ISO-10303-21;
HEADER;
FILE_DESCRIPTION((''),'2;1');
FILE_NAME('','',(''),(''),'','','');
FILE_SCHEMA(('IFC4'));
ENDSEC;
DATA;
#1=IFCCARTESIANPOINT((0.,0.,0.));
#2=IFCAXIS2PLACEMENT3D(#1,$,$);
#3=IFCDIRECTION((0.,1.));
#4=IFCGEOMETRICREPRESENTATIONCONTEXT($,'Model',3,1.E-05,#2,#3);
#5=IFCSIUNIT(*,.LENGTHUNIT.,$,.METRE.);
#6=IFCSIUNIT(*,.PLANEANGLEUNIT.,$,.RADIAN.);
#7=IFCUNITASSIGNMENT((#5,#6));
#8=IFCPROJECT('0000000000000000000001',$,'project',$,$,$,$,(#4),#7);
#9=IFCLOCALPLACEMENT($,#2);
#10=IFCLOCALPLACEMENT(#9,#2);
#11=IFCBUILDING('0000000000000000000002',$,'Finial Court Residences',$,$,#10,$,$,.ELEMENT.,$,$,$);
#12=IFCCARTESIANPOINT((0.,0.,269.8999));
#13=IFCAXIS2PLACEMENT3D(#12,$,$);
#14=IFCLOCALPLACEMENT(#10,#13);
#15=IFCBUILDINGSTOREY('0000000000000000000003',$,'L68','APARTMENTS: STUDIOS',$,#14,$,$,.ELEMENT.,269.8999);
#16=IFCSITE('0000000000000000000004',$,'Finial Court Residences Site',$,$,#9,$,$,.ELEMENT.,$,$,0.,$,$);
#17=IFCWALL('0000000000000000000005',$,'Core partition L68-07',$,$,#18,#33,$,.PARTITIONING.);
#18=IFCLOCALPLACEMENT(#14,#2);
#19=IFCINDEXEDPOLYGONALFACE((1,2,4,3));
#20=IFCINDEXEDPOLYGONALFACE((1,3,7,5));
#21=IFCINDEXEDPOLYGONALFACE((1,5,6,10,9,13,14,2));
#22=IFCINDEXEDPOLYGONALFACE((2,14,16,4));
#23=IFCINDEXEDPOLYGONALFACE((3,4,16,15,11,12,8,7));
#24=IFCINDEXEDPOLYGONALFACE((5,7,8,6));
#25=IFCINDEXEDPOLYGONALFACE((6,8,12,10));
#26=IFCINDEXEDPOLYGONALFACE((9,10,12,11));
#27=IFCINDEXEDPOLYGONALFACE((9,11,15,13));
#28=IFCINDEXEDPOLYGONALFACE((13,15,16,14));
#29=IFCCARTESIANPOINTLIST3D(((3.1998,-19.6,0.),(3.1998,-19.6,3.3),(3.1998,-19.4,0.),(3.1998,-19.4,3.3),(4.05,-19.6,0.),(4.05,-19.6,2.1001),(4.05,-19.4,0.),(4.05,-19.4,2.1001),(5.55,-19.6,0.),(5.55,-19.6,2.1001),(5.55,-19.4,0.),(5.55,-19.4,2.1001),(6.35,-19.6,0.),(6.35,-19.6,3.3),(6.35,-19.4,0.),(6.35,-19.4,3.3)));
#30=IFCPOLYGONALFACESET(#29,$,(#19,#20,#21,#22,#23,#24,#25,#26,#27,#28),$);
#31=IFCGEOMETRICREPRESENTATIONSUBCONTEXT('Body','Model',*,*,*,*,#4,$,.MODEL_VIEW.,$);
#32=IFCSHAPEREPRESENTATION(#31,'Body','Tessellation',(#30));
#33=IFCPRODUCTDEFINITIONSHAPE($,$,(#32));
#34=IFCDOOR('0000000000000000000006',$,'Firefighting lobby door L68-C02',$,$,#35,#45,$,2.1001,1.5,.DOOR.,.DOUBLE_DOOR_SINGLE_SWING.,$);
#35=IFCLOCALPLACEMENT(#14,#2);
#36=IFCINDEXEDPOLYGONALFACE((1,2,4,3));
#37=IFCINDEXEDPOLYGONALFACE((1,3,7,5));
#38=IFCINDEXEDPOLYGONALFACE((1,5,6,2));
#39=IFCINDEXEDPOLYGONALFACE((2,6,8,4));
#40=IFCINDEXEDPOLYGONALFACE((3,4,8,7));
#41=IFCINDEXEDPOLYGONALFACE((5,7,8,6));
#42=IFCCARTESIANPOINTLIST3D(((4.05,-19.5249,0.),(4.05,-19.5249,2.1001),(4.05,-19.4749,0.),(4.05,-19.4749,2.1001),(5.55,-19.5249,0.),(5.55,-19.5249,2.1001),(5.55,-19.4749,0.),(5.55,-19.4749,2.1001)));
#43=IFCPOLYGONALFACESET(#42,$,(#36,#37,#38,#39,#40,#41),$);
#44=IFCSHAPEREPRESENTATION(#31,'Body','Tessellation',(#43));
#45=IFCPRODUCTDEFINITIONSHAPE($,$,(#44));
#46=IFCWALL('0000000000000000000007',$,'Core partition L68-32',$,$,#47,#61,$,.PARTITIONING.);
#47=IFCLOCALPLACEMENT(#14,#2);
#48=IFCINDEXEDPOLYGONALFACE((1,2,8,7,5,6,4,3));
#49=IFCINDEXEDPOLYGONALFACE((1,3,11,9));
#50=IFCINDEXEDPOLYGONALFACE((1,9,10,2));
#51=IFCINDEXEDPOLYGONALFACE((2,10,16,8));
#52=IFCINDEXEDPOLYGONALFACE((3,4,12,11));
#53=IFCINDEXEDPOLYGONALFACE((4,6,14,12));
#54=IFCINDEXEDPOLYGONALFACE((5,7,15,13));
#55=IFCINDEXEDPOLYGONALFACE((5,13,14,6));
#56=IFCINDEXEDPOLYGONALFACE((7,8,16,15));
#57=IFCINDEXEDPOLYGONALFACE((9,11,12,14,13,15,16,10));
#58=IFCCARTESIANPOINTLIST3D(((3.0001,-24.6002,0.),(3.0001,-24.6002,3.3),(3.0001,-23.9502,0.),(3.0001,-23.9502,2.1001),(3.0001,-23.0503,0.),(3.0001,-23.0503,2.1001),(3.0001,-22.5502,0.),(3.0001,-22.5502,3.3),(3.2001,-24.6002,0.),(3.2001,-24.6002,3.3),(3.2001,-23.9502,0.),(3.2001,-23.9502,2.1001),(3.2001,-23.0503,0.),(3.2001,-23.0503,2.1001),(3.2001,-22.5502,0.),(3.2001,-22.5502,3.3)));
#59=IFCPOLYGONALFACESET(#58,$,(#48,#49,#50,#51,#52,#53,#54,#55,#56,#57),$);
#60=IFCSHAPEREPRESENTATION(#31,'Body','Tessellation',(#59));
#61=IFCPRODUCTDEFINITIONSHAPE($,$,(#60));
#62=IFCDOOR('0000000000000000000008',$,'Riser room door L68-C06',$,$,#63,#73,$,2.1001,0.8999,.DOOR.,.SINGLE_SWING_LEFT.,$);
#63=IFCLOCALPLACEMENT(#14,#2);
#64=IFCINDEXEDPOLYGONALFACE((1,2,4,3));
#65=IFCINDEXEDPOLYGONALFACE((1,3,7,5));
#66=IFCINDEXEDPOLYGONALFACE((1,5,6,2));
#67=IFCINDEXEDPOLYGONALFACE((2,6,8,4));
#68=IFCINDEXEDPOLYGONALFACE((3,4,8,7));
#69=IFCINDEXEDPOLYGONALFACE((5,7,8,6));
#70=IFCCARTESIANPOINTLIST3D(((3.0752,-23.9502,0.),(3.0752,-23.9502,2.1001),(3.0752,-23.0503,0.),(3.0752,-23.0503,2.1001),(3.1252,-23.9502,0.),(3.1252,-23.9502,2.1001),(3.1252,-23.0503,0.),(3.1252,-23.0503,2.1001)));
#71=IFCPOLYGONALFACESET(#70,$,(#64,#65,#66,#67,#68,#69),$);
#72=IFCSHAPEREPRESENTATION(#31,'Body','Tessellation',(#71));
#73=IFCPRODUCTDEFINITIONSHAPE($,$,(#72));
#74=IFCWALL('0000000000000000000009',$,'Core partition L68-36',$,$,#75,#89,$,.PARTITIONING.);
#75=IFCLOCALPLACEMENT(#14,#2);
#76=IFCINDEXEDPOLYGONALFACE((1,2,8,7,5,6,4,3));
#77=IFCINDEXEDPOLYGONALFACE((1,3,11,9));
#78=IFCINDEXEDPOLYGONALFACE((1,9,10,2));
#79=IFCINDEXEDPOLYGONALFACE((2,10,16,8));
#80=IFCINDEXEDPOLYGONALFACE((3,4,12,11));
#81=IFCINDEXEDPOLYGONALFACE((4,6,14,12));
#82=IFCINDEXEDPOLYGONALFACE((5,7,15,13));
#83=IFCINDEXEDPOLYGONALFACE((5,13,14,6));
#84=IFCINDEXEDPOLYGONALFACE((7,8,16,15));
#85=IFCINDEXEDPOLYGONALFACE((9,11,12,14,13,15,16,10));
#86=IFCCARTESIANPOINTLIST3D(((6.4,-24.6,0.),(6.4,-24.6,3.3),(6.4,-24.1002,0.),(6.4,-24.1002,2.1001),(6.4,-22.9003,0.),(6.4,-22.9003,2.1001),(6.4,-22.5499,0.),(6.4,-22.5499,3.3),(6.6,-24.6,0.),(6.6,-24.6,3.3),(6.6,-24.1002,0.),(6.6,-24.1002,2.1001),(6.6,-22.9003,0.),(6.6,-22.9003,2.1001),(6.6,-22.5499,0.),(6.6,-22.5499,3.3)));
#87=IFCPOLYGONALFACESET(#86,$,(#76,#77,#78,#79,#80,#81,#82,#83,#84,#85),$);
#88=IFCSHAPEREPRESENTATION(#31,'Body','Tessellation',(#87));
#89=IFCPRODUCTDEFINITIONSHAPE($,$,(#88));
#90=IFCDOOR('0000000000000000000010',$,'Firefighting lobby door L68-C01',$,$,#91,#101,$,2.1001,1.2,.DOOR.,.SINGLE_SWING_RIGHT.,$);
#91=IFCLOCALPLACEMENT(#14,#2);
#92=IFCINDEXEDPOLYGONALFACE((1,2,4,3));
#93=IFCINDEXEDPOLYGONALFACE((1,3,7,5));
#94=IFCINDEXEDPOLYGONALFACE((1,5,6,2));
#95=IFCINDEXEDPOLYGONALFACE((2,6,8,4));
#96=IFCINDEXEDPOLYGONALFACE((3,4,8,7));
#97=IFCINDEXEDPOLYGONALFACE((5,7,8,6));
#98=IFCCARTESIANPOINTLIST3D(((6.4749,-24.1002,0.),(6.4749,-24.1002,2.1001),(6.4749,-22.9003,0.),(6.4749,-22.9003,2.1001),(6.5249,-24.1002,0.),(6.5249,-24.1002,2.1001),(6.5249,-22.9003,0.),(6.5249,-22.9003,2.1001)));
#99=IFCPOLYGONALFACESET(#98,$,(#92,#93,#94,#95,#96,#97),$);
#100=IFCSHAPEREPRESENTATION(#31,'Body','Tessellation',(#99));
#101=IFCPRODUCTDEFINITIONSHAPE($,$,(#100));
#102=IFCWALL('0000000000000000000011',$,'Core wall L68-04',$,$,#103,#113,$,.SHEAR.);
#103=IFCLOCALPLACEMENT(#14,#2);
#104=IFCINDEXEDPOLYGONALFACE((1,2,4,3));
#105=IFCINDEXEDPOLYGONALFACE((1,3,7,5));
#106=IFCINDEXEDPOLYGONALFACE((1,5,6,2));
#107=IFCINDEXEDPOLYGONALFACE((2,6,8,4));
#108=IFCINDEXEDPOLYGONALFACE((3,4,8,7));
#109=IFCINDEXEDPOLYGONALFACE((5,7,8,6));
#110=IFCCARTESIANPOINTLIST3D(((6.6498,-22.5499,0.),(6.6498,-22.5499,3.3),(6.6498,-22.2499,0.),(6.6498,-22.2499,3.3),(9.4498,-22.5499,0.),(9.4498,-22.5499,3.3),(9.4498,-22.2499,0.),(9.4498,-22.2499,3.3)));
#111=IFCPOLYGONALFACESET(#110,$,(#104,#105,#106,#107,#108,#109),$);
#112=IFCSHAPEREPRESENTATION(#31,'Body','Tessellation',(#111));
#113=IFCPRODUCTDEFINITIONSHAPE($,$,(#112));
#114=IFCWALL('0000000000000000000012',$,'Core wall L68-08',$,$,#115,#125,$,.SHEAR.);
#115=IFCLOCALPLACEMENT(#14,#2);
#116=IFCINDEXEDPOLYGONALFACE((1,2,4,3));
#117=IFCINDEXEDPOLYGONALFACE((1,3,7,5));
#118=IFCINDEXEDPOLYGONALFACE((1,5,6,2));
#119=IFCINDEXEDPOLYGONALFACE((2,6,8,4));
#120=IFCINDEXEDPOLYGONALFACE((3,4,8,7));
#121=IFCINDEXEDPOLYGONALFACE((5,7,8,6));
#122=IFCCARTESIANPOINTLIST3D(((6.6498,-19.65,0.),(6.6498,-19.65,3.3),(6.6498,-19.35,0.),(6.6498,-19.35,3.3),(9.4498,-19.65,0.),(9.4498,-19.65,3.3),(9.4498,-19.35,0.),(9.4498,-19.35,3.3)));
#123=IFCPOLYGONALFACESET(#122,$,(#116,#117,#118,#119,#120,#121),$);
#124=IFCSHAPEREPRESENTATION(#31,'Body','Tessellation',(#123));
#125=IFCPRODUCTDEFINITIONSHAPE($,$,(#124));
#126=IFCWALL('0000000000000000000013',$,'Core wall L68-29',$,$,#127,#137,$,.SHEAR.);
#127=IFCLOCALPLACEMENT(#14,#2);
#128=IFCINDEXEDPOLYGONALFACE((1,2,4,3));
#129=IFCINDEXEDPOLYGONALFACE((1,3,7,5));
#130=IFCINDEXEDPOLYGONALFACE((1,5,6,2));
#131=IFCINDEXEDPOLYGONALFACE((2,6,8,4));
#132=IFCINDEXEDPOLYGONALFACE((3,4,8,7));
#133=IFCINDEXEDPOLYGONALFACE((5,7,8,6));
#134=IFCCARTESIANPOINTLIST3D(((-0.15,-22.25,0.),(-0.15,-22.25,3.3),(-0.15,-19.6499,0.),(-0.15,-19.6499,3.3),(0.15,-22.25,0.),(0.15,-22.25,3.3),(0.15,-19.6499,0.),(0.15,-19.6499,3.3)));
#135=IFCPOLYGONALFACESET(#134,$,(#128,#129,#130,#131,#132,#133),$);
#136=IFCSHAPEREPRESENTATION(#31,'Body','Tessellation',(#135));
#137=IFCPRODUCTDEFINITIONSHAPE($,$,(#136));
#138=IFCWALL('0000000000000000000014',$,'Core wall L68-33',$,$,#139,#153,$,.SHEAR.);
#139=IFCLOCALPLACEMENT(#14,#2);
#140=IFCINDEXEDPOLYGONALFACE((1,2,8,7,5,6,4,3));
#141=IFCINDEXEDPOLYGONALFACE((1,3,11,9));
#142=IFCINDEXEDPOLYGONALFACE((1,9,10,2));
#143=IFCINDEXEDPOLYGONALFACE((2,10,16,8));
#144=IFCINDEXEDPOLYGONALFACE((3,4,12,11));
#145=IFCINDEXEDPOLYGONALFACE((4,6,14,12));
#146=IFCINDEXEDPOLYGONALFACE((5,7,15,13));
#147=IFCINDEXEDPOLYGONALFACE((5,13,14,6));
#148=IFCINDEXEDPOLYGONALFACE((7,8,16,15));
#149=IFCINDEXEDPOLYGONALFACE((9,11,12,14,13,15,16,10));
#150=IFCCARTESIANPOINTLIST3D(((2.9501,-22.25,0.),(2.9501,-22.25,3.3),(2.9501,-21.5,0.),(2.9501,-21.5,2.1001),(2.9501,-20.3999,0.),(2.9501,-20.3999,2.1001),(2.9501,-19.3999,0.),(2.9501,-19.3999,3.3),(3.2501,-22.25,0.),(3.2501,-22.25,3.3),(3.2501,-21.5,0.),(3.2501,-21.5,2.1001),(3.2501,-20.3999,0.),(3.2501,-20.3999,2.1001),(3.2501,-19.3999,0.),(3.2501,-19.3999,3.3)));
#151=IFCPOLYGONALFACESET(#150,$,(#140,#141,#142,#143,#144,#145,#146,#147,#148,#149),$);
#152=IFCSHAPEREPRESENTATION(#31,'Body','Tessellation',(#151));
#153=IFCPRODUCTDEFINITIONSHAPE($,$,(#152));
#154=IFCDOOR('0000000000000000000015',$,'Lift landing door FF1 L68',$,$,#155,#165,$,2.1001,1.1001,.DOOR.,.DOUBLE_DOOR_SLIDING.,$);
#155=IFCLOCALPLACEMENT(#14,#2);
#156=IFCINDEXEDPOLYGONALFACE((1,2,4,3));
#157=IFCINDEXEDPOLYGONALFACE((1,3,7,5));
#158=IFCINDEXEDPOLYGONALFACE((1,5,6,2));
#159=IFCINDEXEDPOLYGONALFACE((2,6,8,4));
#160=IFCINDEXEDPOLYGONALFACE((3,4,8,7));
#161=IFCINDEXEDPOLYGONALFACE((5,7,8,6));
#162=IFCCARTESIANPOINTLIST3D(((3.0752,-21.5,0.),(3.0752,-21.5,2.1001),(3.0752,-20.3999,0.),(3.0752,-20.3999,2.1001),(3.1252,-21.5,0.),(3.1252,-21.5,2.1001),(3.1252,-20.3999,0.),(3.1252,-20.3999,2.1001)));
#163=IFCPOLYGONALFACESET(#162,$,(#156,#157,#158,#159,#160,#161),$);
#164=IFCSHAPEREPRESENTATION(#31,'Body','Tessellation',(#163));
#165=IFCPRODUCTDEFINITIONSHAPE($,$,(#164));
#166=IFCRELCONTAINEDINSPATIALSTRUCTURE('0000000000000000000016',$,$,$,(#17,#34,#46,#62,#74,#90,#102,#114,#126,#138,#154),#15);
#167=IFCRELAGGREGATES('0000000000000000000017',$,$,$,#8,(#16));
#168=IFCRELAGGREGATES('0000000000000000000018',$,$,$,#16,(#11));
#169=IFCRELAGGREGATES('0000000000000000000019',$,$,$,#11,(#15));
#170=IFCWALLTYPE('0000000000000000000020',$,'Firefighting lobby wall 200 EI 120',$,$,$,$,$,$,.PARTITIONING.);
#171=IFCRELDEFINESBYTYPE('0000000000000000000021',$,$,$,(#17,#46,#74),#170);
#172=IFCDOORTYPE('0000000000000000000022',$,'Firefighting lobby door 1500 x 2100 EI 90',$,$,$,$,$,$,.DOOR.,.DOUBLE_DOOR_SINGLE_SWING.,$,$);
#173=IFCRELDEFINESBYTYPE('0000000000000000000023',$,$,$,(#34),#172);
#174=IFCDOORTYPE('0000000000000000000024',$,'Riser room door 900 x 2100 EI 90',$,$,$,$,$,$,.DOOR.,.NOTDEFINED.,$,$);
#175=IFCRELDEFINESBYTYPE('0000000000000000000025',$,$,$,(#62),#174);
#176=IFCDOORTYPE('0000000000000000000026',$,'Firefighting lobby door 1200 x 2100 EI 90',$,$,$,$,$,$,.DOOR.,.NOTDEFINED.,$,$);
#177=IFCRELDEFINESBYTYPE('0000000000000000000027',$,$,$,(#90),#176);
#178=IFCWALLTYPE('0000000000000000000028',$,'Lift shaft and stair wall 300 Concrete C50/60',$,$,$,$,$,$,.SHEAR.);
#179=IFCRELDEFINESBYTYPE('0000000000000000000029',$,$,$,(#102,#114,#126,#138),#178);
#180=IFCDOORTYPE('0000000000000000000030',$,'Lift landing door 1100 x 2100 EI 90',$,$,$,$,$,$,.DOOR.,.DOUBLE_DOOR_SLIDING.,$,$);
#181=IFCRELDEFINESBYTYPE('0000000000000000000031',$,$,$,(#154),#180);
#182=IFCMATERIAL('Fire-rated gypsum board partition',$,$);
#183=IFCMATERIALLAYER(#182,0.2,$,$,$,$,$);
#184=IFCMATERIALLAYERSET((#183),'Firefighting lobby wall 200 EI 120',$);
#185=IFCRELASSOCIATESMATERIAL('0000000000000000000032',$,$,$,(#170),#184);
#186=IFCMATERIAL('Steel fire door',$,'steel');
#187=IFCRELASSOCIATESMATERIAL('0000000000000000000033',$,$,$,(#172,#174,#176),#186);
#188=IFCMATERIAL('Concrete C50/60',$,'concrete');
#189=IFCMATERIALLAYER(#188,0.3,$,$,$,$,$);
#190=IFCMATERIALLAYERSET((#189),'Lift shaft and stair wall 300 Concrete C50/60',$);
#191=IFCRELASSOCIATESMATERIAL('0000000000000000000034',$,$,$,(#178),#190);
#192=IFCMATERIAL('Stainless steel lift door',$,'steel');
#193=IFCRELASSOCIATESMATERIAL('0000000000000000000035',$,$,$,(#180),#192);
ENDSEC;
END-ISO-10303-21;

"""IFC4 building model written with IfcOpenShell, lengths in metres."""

from ifc_helpers import new_model, si_unit, direction, frame, frame_2d, origin, place, context, subcontext, project, spatial, rectangle, extrude, material, layer, layer_set, type_object, element, fill, save


model = new_model("IFC4")

# Units and contexts
model_context = context("Model", 3, precision=1e-05, world=origin(), true_north=direction((0.0, 1.0)))
body_context = subcontext(model_context, "Body", "Model", "MODEL_VIEW")
ifc_project = project(units=[si_unit("LENGTHUNIT", "METRE"), si_unit("PLANEANGLEUNIT", "RADIAN")], contexts=[model_context])

# Site, building, storey
site_placement = place(None, origin())
site = spatial("IfcSite", under=ifc_project, at=site_placement, Name="Finial Court Residences Site", CompositionType="ELEMENT", RefElevation=0.0)
building_placement = place(site_placement, origin())
building = spatial("IfcBuilding", under=site, at=building_placement, Name="Finial Court Residences", CompositionType="ELEMENT")
storey_placement = place(building_placement, frame((0.0, 0.0, 269.8999)))
storey = spatial("IfcBuildingStorey", under=building, at=storey_placement, Name="L68", Description="APARTMENTS: STUDIOS", CompositionType="ELEMENT", Elevation=269.8999)

# Walls, openings, doors
ifc_material_1 = material(Name="Fire-rated gypsum board partition")
ifc_layer_1 = layer(ifc_material_1, 0.2)
ifc_layer_set_1 = layer_set([ifc_layer_1], Name="Firefighting lobby wall 200 EI 120")
wall_type_1 = type_object("IfcWallType", Name="Firefighting lobby wall 200 EI 120", PredefinedType="PARTITIONING", material=ifc_layer_set_1)
wall_1_placement = place(storey_placement, frame((6.3501, -19.5, 0.0), z_axis=(0.0, 0.0, 1.0), x_axis=(-1.0, 0.0, 0.0)))
wall_1 = element("IfcWall", 1, at=wall_1_placement, inside=storey, type_object=wall_type_1, Name="Core partition L68-07", PredefinedType="PARTITIONING", context=body_context, shape_type="SweptSolid", body=[
    extrude(rectangle(XDim=3.1501, YDim=0.2, at=frame_2d((1.5752, 0.0))), origin(), (0.0, 0.0, 1.0), 3.3),
])
opening_1_placement = place(wall_1_placement, frame((0.8, 0.0, 0.0)))
opening_1 = element("IfcOpeningElement", 2, at=opening_1_placement, cuts=wall_1, PredefinedType="OPENING", context=body_context, shape_type="SweptSolid", body=[
    extrude(rectangle(XDim=1.5, YDim=2.1001, at=frame_2d((0.75, 1.05))), frame((0.0, 0.1099, 0.0), z_axis=(0.0, -1.0, 0.0), x_axis=(1.0, 0.0, 0.0)), (0.0, 0.0, 1.0), 0.22),
])
ifc_material_2 = material(Name="Steel fire door", Category="steel")
door_type_1 = type_object("IfcDoorType", Name="Firefighting lobby door 1500 x 2100 EI 90", OperationType="DOUBLE_DOOR_SINGLE_SWING", PredefinedType="DOOR", material=ifc_material_2)
door_1_placement = place(opening_1_placement, origin())
door_1 = element("IfcDoor", 3, at=door_1_placement, inside=storey, type_object=door_type_1, Name="Firefighting lobby door L68-C02", OperationType="DOUBLE_DOOR_SINGLE_SWING", OverallHeight=2.1001, OverallWidth=1.5, PredefinedType="DOOR", context=body_context, shape_type="SweptSolid", body=[
    extrude(rectangle(XDim=1.5, YDim=2.1001, at=frame_2d((0.75, 1.05))), frame((0.0, 0.0249, 0.0), z_axis=(0.0, -1.0, 0.0), x_axis=(1.0, 0.0, 0.0)), (0.0, 0.0, 1.0), 0.05),
])
fill(opening_1, door_1)
wall_2_placement = place(storey_placement, frame((3.1001, -24.6001, 0.0), z_axis=(0.0, 0.0, 1.0), x_axis=(0.0, 1.0, 0.0)))
wall_2 = element("IfcWall", 4, at=wall_2_placement, inside=storey, type_object=wall_type_1, Name="Core partition L68-32", PredefinedType="PARTITIONING", context=body_context, shape_type="SweptSolid", body=[
    extrude(rectangle(XDim=2.05, YDim=0.2, at=frame_2d((1.0249, 0.0))), origin(), (0.0, 0.0, 1.0), 3.3),
])
opening_2_placement = place(wall_2_placement, frame((0.6499, 0.0, 0.0)))
opening_2 = element("IfcOpeningElement", 5, at=opening_2_placement, cuts=wall_2, PredefinedType="OPENING", context=body_context, shape_type="SweptSolid", body=[
    extrude(rectangle(XDim=0.8999, YDim=2.1001, at=frame_2d((0.45, 1.05))), frame((0.0, 0.1099, 0.0), z_axis=(0.0, -1.0, 0.0), x_axis=(1.0, 0.0, 0.0)), (0.0, 0.0, 1.0), 0.22),
])
door_type_2 = type_object("IfcDoorType", Name="Riser room door 900 x 2100 EI 90", OperationType="NOTDEFINED", PredefinedType="DOOR", material=ifc_material_2)
door_2_placement = place(opening_2_placement, origin())
door_2 = element("IfcDoor", 6, at=door_2_placement, inside=storey, type_object=door_type_2, Name="Riser room door L68-C06", OperationType="SINGLE_SWING_LEFT", OverallHeight=2.1001, OverallWidth=0.8999, PredefinedType="DOOR", context=body_context, shape_type="SweptSolid", body=[
    extrude(rectangle(XDim=0.8999, YDim=2.1001, at=frame_2d((0.45, 1.05))), frame((0.0, 0.0249, 0.0), z_axis=(0.0, -1.0, 0.0), x_axis=(1.0, 0.0, 0.0)), (0.0, 0.0, 1.0), 0.05),
])
fill(opening_2, door_2)
wall_3_placement = place(storey_placement, frame((6.5, -22.55, 0.0), z_axis=(0.0, 0.0, 1.0), x_axis=(0.0, -1.0, 0.0)))
wall_3 = element("IfcWall", 7, at=wall_3_placement, inside=storey, type_object=wall_type_1, Name="Core partition L68-36", PredefinedType="PARTITIONING", context=body_context, shape_type="SweptSolid", body=[
    extrude(rectangle(XDim=2.05, YDim=0.2, at=frame_2d((1.0249, 0.0))), origin(), (0.0, 0.0, 1.0), 3.3),
])
opening_3_placement = place(wall_3_placement, frame((0.3501, 0.0, 0.0)))
opening_3 = element("IfcOpeningElement", 8, at=opening_3_placement, cuts=wall_3, PredefinedType="OPENING", context=body_context, shape_type="SweptSolid", body=[
    extrude(rectangle(XDim=1.2, YDim=2.1001, at=frame_2d((0.6001, 1.05))), frame((0.0, 0.1099, 0.0), z_axis=(0.0, -1.0, 0.0), x_axis=(1.0, 0.0, 0.0)), (0.0, 0.0, 1.0), 0.22),
])
door_type_3 = type_object("IfcDoorType", Name="Firefighting lobby door 1200 x 2100 EI 90", OperationType="NOTDEFINED", PredefinedType="DOOR", material=ifc_material_2)
door_3_placement = place(opening_3_placement, origin())
door_3 = element("IfcDoor", 9, at=door_3_placement, inside=storey, type_object=door_type_3, Name="Firefighting lobby door L68-C01", OperationType="SINGLE_SWING_RIGHT", OverallHeight=2.1001, OverallWidth=1.2, PredefinedType="DOOR", context=body_context, shape_type="SweptSolid", body=[
    extrude(rectangle(XDim=1.2, YDim=2.1001, at=frame_2d((0.6001, 1.05))), frame((0.0, 0.0249, 0.0), z_axis=(0.0, -1.0, 0.0), x_axis=(1.0, 0.0, 0.0)), (0.0, 0.0, 1.0), 0.05),
])
fill(opening_3, door_3)

# Walls
ifc_material_3 = material(Name="Concrete C50/60", Category="concrete")
ifc_layer_2 = layer(ifc_material_3, 0.3)
ifc_layer_set_2 = layer_set([ifc_layer_2], Name="Lift shaft and stair wall 300 Concrete C50/60")
wall_type_2 = type_object("IfcWallType", Name="Lift shaft and stair wall 300 Concrete C50/60", PredefinedType="SHEAR", material=ifc_layer_set_2)
for number, where, z_axis, x_axis, name in (
    (10, (6.6499, -22.3999, 0.0), (0.0, 0.0, 1.0), (1.0, 0.0, 0.0), "Core wall L68-04"),
    (11, (6.6499, -19.5, 0.0), (0.0, 0.0, 1.0), (1.0, 0.0, 0.0), "Core wall L68-08"),
):
    element("IfcWall", number, at=place(storey_placement, frame(where, z_axis=z_axis, x_axis=x_axis)), inside=storey, type_object=wall_type_2, Name=name, PredefinedType="SHEAR", context=body_context, shape_type="SweptSolid", body=[
        extrude(rectangle(XDim=2.8, YDim=0.3, at=frame_2d((1.3999, 0.0))), origin(), (0.0, 0.0, 1.0), 3.3),
    ])
wall_4_placement = place(storey_placement, frame((0.0, -22.25, 0.0), z_axis=(0.0, 0.0, 1.0), x_axis=(0.0, 1.0, 0.0)))
element("IfcWall", 12, at=wall_4_placement, inside=storey, type_object=wall_type_2, Name="Core wall L68-29", PredefinedType="SHEAR", context=body_context, shape_type="SweptSolid", body=[
    extrude(rectangle(XDim=2.6001, YDim=0.3, at=frame_2d((1.3, 0.0))), origin(), (0.0, 0.0, 1.0), 3.3),
])

# Wall, opening, door
wall_5_placement = place(storey_placement, frame((3.1001, -22.25, 0.0), z_axis=(0.0, 0.0, 1.0), x_axis=(0.0, 1.0, 0.0)))
wall_5 = element("IfcWall", 13, at=wall_5_placement, inside=storey, type_object=wall_type_2, Name="Core wall L68-33", PredefinedType="SHEAR", context=body_context, shape_type="SweptSolid", body=[
    extrude(rectangle(XDim=2.8501, YDim=0.3, at=frame_2d((1.425, 0.0))), origin(), (0.0, 0.0, 1.0), 3.3),
])
opening_4_placement = place(wall_5_placement, frame((0.75, 0.0, 0.0)))
opening_4 = element("IfcOpeningElement", 14, at=opening_4_placement, cuts=wall_5, PredefinedType="OPENING", context=body_context, shape_type="SweptSolid", body=[
    extrude(rectangle(XDim=1.1001, YDim=2.1001, at=frame_2d((0.55, 1.05))), frame((0.0, 0.1599, 0.0), z_axis=(0.0, -1.0, 0.0), x_axis=(1.0, 0.0, 0.0)), (0.0, 0.0, 1.0), 0.3201),
])
ifc_material_4 = material(Name="Stainless steel lift door", Category="steel")
door_type_4 = type_object("IfcDoorType", Name="Lift landing door 1100 x 2100 EI 90", OperationType="DOUBLE_DOOR_SLIDING", PredefinedType="DOOR", material=ifc_material_4)
door_4_placement = place(opening_4_placement, origin())
door_4 = element("IfcDoor", 15, at=door_4_placement, inside=storey, type_object=door_type_4, Name="Lift landing door FF1 L68", OperationType="DOUBLE_DOOR_SLIDING", OverallHeight=2.1001, OverallWidth=1.1001, PredefinedType="DOOR", context=body_context, shape_type="SweptSolid", body=[
    extrude(rectangle(XDim=1.1001, YDim=2.1001, at=frame_2d((0.55, 1.05))), frame((0.0, 0.0249, 0.0), z_axis=(0.0, -1.0, 0.0), x_axis=(1.0, 0.0, 0.0)), (0.0, 0.0, 1.0), 0.05),
])
fill(opening_4, door_4)

save(model, "model.ifc")
